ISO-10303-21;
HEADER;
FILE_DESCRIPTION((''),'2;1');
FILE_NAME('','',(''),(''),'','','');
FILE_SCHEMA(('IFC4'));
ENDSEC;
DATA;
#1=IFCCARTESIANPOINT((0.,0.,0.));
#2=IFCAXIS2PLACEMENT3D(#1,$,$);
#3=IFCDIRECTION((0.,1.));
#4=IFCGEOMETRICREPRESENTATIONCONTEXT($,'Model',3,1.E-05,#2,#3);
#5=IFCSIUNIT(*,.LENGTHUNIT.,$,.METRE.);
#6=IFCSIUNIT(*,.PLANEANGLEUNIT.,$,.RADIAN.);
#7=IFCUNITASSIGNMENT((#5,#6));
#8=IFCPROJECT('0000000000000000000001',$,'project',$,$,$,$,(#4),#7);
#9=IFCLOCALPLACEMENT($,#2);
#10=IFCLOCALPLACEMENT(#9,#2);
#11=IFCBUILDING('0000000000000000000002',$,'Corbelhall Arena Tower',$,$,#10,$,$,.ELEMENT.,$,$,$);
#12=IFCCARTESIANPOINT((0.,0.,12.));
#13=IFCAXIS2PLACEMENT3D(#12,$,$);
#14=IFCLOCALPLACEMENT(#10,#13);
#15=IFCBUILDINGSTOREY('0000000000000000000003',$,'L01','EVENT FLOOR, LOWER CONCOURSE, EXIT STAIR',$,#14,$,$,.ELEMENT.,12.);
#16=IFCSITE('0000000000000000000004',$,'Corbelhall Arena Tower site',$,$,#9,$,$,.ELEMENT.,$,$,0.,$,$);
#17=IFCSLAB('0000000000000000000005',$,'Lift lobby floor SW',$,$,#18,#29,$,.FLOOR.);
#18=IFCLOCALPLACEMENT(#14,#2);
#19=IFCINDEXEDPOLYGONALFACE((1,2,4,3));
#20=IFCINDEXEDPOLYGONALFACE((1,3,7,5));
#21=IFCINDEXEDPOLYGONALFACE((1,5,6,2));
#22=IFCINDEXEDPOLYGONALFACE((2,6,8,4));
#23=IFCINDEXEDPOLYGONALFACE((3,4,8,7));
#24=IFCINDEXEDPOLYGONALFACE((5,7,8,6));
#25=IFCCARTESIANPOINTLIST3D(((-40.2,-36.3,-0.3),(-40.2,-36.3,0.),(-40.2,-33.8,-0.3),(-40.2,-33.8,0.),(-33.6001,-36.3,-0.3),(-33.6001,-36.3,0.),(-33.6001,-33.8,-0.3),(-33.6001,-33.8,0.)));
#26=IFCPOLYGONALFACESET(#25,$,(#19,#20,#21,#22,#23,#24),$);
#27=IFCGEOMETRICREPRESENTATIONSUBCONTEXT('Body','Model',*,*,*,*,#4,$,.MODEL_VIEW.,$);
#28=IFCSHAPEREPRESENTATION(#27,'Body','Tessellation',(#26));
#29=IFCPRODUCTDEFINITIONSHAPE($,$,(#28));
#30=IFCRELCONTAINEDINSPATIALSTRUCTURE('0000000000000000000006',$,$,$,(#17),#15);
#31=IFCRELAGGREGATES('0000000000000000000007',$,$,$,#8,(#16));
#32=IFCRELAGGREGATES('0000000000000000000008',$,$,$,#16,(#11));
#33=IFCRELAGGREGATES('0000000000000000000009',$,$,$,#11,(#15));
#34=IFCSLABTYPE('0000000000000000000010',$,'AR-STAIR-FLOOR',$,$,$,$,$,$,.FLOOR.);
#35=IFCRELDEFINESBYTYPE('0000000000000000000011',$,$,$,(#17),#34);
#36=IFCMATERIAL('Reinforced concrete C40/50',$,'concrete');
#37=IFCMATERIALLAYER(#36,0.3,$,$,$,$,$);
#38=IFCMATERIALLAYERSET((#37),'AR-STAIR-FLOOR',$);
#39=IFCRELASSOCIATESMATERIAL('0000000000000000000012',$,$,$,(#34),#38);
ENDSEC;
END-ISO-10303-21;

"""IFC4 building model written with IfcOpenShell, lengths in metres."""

from ifc_helpers import new_model, si_unit, direction, frame, origin, place, context, subcontext, project, spatial, polyline, outline, extrude, material, layer, layer_set, type_object, element, save


model = new_model("IFC4")

# Units and contexts
model_context = context("Model", 3, precision=1e-05, world=origin(), true_north=direction((0.0, 1.0)))
body_context = subcontext(model_context, "Body", "Model", "MODEL_VIEW")
ifc_project = project(units=[si_unit("LENGTHUNIT", "METRE"), si_unit("PLANEANGLEUNIT", "RADIAN")], contexts=[model_context])

# Site, building, storey
site_placement = place(None, origin())
site = spatial("IfcSite", under=ifc_project, at=site_placement, Name="Corbelhall Arena Tower site", CompositionType="ELEMENT", RefElevation=0.0)
building_placement = place(site_placement, origin())
building = spatial("IfcBuilding", under=site, at=building_placement, Name="Corbelhall Arena Tower", CompositionType="ELEMENT")
storey_placement = place(building_placement, frame((0.0, 0.0, 12.0)))
storey = spatial("IfcBuildingStorey", under=building, at=storey_placement, Name="L01", Description="EVENT FLOOR, LOWER CONCOURSE, EXIT STAIR", CompositionType="ELEMENT", Elevation=12.0)

# Shared definitions
ifc_material_1 = material(Name="Reinforced concrete C40/50", Category="concrete")

# Slab
ifc_layer_1 = layer(ifc_material_1, 0.3)
ifc_layer_set_1 = layer_set([ifc_layer_1], Name="AR-STAIR-FLOOR")
slab_type_1 = type_object("IfcSlabType", Name="AR-STAIR-FLOOR", PredefinedType="FLOOR", material=ifc_layer_set_1)
slab_1_placement = place(storey_placement, frame((0.0, 0.0, -0.3)))
element("IfcSlab", 1, at=slab_1_placement, inside=storey, type_object=slab_type_1, Name="Lift lobby floor SW", PredefinedType="FLOOR", context=body_context, shape_type="SweptSolid", body=[
    extrude(outline(polyline([(-33.6001, -36.3), (-33.6001, -33.8), (-40.2, -33.8), (-40.2, -36.3), (-33.6001, -36.3)])), origin(), (0.0, 0.0, 1.0), 0.3),
])

save(model, "model.ifc")
